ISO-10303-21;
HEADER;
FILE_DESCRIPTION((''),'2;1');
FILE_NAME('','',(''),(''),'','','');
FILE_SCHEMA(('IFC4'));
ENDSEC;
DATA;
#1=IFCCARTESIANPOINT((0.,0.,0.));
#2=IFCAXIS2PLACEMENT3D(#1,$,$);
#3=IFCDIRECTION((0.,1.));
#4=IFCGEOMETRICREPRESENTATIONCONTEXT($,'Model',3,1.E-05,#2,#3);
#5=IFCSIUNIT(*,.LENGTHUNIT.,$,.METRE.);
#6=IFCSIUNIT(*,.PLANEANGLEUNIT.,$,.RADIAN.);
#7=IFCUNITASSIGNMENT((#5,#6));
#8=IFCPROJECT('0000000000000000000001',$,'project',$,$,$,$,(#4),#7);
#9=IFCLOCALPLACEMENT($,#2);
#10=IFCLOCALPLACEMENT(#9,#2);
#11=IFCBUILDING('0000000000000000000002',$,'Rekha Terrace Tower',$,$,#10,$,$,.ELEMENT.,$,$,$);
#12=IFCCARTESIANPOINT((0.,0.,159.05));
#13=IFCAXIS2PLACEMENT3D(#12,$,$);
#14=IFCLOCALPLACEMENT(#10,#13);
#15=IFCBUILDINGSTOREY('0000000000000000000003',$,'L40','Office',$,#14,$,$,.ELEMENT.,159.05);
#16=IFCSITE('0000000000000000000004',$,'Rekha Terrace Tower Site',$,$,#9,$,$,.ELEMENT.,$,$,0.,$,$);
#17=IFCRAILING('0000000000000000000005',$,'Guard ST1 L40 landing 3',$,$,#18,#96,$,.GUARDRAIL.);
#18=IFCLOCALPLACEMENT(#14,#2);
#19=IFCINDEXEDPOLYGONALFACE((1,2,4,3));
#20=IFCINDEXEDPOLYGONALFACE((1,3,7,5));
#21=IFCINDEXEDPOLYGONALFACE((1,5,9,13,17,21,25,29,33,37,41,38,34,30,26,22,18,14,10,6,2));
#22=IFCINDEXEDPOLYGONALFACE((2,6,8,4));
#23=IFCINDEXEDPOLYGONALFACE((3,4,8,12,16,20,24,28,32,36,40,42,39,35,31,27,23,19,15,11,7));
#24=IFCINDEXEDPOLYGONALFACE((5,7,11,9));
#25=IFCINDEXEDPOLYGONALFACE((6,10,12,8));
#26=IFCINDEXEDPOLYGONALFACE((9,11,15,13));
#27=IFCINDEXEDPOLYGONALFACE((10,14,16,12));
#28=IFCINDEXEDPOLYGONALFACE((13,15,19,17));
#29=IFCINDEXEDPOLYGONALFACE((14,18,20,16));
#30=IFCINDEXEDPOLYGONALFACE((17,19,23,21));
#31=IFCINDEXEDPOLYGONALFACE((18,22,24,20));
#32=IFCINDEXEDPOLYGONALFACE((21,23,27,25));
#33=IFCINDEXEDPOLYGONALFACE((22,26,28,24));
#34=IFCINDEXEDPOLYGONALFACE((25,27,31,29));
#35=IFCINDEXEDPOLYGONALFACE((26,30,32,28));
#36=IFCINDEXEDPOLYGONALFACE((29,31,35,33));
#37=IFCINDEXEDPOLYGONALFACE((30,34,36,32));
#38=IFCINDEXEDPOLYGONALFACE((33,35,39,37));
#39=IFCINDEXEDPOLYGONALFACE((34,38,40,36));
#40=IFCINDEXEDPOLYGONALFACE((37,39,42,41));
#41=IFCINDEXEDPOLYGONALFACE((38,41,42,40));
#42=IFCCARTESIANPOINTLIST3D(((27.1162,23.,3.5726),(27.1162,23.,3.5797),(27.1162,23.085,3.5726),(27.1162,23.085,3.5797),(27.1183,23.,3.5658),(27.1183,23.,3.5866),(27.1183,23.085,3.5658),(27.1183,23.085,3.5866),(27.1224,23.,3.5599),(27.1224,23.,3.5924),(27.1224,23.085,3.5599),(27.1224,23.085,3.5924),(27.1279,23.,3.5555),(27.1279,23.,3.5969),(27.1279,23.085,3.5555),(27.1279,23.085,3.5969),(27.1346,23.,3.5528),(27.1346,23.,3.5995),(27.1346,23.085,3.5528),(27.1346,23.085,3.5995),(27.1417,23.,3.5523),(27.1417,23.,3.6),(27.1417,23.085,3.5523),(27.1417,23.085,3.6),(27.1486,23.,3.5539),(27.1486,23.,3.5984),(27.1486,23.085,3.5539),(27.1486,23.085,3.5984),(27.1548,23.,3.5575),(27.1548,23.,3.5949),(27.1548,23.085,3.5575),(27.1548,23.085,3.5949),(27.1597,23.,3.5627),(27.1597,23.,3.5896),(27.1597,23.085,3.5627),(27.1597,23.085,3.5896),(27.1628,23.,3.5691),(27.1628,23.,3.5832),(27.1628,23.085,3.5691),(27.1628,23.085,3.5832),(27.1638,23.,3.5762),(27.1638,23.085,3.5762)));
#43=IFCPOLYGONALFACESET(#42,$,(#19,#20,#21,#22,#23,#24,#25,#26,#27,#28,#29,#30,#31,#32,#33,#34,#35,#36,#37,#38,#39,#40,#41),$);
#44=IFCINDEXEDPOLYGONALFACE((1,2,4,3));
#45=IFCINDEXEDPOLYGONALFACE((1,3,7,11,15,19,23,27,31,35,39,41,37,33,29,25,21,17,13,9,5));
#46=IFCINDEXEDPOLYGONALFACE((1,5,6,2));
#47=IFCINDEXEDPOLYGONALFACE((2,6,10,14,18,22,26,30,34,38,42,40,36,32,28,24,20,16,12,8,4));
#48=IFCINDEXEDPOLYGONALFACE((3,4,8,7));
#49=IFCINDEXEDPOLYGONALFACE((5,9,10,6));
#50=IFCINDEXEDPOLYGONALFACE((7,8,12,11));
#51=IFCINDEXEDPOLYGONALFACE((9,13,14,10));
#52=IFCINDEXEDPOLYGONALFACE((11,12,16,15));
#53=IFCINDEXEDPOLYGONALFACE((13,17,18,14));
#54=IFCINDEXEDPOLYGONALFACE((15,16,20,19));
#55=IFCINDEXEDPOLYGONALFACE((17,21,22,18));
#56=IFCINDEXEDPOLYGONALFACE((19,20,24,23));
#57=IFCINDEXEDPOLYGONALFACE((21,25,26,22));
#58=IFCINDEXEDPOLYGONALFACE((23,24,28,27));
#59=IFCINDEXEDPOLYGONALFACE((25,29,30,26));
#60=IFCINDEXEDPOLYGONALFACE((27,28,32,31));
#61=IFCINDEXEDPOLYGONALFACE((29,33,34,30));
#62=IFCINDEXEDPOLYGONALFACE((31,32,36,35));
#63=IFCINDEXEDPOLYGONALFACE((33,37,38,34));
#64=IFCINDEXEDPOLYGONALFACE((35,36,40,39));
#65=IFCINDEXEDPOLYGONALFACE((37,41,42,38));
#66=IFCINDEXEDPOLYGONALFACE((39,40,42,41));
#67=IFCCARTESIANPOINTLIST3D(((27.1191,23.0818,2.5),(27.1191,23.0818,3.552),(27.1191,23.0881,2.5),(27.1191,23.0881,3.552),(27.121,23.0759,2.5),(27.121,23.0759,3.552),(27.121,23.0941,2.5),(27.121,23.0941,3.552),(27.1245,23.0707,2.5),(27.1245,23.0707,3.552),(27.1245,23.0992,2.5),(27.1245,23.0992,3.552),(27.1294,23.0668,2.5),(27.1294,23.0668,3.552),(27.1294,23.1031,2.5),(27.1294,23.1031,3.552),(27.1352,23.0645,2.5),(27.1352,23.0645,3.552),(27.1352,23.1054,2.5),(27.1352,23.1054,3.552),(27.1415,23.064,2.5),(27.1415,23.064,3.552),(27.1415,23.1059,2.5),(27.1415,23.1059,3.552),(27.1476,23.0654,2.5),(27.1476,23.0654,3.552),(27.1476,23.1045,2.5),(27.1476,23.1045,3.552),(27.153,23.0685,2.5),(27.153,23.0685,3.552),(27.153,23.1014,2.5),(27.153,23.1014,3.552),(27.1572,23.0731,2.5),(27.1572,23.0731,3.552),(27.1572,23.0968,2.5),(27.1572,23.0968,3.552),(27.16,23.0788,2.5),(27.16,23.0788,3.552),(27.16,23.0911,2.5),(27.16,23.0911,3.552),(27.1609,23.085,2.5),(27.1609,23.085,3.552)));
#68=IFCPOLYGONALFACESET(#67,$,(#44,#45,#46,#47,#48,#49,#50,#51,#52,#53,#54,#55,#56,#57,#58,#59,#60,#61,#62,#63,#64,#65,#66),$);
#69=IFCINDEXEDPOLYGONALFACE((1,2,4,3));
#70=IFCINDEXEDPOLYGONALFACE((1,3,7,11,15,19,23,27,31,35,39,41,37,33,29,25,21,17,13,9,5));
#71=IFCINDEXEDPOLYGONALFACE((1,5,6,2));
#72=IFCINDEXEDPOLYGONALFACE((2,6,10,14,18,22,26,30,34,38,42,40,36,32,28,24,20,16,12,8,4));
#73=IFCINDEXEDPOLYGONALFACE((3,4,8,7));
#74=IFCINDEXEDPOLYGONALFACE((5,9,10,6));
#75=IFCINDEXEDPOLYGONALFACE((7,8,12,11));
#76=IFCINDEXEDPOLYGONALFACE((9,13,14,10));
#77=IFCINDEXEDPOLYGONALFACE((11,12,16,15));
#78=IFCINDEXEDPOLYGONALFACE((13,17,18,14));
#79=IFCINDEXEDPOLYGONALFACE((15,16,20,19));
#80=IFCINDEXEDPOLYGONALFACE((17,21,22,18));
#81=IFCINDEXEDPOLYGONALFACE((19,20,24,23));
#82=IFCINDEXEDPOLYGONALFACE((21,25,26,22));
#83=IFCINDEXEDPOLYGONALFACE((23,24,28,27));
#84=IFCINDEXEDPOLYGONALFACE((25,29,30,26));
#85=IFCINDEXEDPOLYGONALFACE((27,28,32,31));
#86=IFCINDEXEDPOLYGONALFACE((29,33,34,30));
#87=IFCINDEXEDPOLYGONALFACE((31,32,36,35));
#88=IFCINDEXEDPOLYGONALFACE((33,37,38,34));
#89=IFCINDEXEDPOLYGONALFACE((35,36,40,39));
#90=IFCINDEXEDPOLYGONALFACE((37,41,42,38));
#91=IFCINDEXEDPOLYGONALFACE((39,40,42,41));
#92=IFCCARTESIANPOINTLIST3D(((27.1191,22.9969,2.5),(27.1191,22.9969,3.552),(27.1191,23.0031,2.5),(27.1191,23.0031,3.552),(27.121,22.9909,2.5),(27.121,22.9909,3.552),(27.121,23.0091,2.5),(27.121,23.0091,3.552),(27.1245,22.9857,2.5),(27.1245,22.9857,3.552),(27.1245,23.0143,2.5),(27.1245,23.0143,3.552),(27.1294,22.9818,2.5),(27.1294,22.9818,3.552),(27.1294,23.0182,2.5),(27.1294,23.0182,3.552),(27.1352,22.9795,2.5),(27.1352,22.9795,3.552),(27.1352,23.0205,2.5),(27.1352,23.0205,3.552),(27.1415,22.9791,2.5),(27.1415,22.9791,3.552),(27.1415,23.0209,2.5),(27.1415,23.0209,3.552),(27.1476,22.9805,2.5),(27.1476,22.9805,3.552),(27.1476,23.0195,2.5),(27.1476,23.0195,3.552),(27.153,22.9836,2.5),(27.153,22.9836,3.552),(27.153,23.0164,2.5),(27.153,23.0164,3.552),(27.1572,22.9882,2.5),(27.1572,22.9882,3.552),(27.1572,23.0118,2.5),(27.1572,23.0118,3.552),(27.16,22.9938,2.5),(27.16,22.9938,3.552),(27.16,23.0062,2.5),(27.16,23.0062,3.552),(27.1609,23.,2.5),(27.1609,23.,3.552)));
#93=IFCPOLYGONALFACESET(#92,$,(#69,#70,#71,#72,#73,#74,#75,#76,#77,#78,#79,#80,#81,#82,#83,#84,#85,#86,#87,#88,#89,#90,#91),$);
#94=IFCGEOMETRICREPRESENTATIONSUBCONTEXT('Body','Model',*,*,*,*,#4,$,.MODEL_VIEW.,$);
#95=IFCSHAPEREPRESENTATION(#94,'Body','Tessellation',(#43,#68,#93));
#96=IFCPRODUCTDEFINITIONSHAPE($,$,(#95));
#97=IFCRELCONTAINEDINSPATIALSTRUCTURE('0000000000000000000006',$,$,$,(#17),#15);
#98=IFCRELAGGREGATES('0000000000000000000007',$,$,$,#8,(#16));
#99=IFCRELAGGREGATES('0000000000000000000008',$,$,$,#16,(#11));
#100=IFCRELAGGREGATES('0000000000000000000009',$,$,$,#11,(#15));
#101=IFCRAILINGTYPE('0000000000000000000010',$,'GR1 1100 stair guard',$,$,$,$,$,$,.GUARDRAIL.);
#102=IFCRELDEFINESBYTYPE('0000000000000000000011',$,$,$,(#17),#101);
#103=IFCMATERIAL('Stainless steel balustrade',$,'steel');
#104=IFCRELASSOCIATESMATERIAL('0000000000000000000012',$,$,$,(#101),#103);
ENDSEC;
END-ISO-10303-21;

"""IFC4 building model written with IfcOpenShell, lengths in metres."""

from ifc_helpers import new_model, si_unit, direction, frame, origin, origin_2d, place, context, subcontext, project, spatial, circle, extrude, material, type_object, element, save


model = new_model("IFC4")

# Units and contexts
model_context = context("Model", 3, precision=1e-05, world=origin(), true_north=direction((0.0, 1.0)))
body_context = subcontext(model_context, "Body", "Model", "MODEL_VIEW")
ifc_project = project(units=[si_unit("LENGTHUNIT", "METRE"), si_unit("PLANEANGLEUNIT", "RADIAN")], contexts=[model_context])

# Site, building, storey
site_placement = place(None, origin())
site = spatial("IfcSite", under=ifc_project, at=site_placement, Name="Rekha Terrace Tower Site", CompositionType="ELEMENT", RefElevation=0.0)
building_placement = place(site_placement, origin())
building = spatial("IfcBuilding", under=site, at=building_placement, Name="Rekha Terrace Tower", CompositionType="ELEMENT")
storey_placement = place(building_placement, frame((0.0, 0.0, 159.05)))
storey = spatial("IfcBuildingStorey", under=building, at=storey_placement, Name="L40", Description="Office", CompositionType="ELEMENT", Elevation=159.05)

# Railing
ifc_material_1 = material(Name="Stainless steel balustrade", Category="steel")
railing_type_1 = type_object("IfcRailingType", Name="GR1 1100 stair guard", PredefinedType="GUARDRAIL", material=ifc_material_1)
railing_1_placement = place(storey_placement, frame((27.1399, 23.085, 2.5)))
element("IfcRailing", 1, at=railing_1_placement, inside=storey, type_object=railing_type_1, Name="Guard ST1 L40 landing 3", PredefinedType="GUARDRAIL", context=body_context, shape_type="SweptSolid", body=[
    extrude(circle(Radius=0.0239, at=origin_2d()), frame((0.0, 0.0, 1.0762), z_axis=(0.0, -1.0, 0.0), x_axis=(1.0, 0.0, 0.0)), (0.0, 0.0, 1.0), 0.085),
    extrude(circle(Radius=0.021, at=origin_2d()), origin(), (0.0, 0.0, 1.0), 1.052),
    extrude(circle(Radius=0.021, at=origin_2d()), frame((0.0, -0.085, 0.0)), (0.0, 0.0, 1.0), 1.052),
])

save(model, "model.ifc")
